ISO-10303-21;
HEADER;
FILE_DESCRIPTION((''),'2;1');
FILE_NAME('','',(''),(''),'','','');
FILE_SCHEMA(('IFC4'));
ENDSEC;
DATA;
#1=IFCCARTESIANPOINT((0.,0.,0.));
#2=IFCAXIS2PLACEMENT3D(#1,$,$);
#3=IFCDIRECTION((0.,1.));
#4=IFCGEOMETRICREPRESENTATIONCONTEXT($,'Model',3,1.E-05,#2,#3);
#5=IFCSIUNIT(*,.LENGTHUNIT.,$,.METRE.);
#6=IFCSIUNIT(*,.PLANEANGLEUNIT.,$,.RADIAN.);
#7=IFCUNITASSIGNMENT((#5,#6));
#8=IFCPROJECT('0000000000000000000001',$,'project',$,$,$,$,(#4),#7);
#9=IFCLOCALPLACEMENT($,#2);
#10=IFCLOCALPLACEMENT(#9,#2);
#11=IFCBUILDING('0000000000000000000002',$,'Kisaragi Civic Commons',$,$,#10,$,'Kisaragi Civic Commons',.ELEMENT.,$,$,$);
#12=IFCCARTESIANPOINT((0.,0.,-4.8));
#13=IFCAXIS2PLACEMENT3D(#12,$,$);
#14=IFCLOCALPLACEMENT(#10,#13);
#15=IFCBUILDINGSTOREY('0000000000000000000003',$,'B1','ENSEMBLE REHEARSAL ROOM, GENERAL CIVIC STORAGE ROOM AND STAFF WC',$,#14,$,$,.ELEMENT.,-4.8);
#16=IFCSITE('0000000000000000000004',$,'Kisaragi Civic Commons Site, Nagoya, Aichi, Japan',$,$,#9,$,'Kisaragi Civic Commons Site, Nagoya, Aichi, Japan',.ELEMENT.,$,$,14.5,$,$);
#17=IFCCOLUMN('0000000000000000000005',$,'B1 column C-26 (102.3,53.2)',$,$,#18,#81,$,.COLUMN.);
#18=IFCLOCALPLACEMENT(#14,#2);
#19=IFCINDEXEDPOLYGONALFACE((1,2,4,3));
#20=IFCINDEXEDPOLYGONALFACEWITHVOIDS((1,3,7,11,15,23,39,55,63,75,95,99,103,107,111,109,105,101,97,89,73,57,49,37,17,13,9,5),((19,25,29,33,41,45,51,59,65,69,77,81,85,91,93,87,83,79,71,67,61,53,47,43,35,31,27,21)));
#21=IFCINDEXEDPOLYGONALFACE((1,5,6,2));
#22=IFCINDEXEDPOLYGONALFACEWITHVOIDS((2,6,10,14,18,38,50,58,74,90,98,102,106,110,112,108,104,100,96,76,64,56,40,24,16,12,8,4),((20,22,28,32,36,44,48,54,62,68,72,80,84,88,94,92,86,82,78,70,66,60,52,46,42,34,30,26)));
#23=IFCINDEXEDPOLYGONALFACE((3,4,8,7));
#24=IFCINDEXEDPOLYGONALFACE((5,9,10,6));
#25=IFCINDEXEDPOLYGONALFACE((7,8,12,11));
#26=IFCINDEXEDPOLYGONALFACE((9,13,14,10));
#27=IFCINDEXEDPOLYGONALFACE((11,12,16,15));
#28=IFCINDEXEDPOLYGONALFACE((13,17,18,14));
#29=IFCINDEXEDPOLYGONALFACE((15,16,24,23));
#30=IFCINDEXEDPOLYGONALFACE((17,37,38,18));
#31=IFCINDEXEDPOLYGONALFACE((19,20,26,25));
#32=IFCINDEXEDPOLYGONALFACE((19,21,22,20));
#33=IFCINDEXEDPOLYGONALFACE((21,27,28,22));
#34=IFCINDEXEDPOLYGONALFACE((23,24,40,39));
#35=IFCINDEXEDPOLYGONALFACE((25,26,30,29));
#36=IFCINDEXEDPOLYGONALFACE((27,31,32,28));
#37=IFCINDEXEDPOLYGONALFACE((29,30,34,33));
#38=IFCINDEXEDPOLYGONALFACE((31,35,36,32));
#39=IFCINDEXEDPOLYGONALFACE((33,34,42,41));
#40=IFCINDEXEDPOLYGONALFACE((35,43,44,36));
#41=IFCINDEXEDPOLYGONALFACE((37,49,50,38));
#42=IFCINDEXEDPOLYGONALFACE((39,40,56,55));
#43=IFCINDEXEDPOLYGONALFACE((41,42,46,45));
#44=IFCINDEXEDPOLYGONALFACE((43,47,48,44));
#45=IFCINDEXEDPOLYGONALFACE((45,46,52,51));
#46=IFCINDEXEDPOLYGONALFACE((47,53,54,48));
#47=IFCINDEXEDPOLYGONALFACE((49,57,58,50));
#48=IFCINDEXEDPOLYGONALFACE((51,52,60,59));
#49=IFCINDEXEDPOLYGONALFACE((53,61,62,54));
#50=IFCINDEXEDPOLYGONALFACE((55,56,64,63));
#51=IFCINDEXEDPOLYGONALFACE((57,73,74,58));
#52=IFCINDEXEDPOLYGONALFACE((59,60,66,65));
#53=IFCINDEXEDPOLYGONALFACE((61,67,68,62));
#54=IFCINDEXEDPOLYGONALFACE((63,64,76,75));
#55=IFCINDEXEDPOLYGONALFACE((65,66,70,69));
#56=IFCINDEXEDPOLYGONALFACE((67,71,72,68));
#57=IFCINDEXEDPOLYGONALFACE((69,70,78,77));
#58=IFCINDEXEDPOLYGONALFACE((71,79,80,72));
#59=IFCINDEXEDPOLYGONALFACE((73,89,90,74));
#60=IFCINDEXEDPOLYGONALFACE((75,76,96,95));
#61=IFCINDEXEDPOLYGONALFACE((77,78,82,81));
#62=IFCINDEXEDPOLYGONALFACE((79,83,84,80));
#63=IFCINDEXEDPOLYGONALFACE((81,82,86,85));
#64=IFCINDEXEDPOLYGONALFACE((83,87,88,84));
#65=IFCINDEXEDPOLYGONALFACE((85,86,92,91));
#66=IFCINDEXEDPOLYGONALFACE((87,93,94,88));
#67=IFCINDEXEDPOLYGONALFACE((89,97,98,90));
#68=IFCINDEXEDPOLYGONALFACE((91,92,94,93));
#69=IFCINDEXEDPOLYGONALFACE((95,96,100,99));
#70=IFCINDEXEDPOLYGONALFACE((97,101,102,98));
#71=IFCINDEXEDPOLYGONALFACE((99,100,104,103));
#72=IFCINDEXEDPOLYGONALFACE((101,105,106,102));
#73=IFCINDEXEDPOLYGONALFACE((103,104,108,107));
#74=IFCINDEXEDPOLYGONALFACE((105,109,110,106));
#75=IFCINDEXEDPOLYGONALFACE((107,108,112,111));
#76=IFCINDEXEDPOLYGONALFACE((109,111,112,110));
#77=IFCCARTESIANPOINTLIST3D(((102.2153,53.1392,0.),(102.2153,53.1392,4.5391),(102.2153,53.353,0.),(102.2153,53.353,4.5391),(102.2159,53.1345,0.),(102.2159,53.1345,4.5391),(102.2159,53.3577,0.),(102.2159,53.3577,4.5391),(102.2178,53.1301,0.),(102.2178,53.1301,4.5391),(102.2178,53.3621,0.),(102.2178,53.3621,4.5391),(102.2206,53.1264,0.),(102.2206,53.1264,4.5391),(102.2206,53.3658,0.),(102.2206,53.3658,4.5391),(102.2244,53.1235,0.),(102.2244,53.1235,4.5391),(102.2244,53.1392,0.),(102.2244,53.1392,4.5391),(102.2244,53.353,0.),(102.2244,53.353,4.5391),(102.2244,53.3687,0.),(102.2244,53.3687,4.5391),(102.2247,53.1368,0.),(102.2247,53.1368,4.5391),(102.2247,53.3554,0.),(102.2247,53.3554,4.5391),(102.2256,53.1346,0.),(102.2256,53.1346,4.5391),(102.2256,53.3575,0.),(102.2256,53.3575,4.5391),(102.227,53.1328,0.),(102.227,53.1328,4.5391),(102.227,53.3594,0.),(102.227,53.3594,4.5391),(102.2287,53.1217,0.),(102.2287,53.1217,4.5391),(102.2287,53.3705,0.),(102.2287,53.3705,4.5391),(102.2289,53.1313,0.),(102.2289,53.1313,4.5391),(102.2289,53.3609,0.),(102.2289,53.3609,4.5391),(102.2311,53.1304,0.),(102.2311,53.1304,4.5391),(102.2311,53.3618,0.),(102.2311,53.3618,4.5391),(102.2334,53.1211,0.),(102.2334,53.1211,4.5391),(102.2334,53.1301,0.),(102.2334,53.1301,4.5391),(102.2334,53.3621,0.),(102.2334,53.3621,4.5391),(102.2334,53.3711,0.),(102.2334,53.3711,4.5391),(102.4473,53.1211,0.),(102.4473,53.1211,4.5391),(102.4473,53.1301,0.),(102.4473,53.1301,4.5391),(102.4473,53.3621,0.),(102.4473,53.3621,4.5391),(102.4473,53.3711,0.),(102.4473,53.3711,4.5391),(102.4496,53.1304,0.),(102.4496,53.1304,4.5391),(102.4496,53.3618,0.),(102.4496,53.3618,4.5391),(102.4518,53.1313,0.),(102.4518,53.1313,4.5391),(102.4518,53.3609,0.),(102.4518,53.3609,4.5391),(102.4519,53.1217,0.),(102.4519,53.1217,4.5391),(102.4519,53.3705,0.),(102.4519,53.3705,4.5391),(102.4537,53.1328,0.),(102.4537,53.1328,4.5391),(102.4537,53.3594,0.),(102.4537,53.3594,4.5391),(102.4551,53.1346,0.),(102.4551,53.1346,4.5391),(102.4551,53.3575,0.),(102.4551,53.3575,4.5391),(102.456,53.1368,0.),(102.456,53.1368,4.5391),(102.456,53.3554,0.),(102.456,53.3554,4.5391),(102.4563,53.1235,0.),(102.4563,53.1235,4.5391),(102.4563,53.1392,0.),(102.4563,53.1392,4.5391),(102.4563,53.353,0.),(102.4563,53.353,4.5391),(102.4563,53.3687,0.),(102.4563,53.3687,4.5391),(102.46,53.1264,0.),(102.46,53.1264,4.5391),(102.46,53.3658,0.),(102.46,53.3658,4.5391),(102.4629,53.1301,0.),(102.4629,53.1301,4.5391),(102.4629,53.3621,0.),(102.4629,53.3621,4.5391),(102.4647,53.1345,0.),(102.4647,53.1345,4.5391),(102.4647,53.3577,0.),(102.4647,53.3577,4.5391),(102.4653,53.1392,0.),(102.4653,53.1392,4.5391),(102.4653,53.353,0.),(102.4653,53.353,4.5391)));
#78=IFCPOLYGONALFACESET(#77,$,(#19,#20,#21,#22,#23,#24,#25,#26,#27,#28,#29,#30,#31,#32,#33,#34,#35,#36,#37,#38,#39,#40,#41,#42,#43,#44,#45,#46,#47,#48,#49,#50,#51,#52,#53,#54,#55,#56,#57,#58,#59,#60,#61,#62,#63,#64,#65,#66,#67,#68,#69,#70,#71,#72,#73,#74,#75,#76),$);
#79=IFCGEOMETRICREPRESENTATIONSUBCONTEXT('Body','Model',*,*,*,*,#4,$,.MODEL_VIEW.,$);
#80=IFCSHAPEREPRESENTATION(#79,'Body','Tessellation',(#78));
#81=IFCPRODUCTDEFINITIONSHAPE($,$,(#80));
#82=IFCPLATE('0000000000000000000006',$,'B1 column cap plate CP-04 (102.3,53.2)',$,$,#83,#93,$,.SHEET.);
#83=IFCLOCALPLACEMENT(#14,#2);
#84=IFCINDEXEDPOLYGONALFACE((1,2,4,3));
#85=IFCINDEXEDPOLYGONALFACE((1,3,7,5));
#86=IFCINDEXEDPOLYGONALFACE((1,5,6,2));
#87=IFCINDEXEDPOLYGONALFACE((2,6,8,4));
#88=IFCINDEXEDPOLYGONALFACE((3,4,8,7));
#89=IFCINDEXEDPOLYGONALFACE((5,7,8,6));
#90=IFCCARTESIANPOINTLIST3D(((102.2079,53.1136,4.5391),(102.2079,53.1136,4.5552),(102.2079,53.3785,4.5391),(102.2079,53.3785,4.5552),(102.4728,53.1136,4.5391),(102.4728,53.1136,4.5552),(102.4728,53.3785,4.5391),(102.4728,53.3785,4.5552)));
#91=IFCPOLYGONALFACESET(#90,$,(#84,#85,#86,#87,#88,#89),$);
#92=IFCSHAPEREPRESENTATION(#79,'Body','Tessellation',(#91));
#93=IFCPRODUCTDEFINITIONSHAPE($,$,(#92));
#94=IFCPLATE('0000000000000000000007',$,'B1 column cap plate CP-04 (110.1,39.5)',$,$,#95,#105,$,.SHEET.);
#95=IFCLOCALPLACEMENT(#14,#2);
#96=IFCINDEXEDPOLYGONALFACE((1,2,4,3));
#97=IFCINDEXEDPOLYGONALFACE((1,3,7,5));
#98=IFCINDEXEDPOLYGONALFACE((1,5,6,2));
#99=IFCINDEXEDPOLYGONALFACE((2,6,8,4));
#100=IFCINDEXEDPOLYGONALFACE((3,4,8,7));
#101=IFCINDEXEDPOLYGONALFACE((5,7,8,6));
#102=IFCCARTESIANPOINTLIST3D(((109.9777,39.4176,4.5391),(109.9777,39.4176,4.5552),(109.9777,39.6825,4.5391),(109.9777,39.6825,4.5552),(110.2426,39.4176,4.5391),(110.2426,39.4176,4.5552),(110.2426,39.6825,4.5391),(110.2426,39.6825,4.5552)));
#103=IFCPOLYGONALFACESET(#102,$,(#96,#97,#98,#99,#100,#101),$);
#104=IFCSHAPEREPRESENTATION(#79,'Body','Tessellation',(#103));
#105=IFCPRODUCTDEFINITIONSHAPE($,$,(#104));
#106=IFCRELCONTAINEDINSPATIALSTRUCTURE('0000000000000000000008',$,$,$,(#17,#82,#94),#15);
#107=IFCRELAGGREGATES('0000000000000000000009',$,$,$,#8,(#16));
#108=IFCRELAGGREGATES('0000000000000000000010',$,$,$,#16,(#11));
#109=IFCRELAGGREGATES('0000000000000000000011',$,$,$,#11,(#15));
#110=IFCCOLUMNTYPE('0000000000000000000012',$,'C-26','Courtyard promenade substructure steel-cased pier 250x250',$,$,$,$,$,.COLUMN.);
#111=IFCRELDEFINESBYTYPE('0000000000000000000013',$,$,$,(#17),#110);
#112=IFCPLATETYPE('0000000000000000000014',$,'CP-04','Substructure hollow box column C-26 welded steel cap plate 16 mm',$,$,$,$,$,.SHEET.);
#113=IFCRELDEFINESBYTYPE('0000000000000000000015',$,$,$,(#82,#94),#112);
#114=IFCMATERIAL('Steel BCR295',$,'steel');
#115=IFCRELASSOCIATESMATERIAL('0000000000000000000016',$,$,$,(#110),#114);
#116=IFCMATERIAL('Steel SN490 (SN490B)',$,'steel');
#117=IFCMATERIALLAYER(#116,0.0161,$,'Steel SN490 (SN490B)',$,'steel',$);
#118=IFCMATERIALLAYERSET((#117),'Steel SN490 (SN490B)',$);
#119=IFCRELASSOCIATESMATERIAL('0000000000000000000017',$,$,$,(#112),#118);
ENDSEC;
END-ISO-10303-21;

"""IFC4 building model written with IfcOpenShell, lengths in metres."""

from ifc_helpers import new_model, si_unit, direction, frame, origin, origin_2d, place, context, subcontext, project, spatial, rectangle, hollow_rectangle, extrude, material, layer, layer_set, material_profile, profile_set, type_object, element, save


model = new_model("IFC4")

# Units and contexts
model_context = context("Model", 3, precision=1e-05, world=origin(), true_north=direction((0.0, 1.0)))
body_context = subcontext(model_context, "Body", "Model", "MODEL_VIEW")
ifc_project = project(units=[si_unit("LENGTHUNIT", "METRE"), si_unit("PLANEANGLEUNIT", "RADIAN")], contexts=[model_context])

# Site, building, storey
site_placement = place(None, origin())
site = spatial("IfcSite", under=ifc_project, at=site_placement, Name="Kisaragi Civic Commons Site, Nagoya, Aichi, Japan", LongName="Kisaragi Civic Commons Site, Nagoya, Aichi, Japan", CompositionType="ELEMENT", RefElevation=14.5)
building_placement = place(site_placement, origin())
building = spatial("IfcBuilding", under=site, at=building_placement, Name="Kisaragi Civic Commons", LongName="Kisaragi Civic Commons", CompositionType="ELEMENT")
storey_placement = place(building_placement, frame((0.0, 0.0, -4.8)))
storey = spatial("IfcBuildingStorey", under=building, at=storey_placement, Name="B1", Description="ENSEMBLE REHEARSAL ROOM, GENERAL CIVIC STORAGE ROOM AND STAFF WC", CompositionType="ELEMENT", Elevation=-4.8)

# Column
ifc_material_1 = material(Name="Steel BCR295", Category="steel")
ifc_material_profile_1 = material_profile(ifc_material_1, hollow_rectangle(XDim=0.25, YDim=0.25, WallThickness=0.009, InnerFilletRadius=0.009, OuterFilletRadius=0.0181, at=origin_2d()), Name="BCR-250x250x9", Category="steel")
ifc_profile_set_1 = profile_set([ifc_material_profile_1], Name="Steel BCR295")
column_type_1 = type_object("IfcColumnType", Name="C-26", Description="Courtyard promenade substructure steel-cased pier 250x250", PredefinedType="COLUMN", material=ifc_profile_set_1)
column_placement = place(storey_placement, frame((102.3403, 53.2461, 0.0), z_axis=(0.0, 0.0, 1.0), x_axis=(1.0, 0.0, 0.0)))
element("IfcColumn", 1, at=column_placement, inside=storey, type_object=column_type_1, Name="B1 column C-26 (102.3,53.2)", PredefinedType="COLUMN", context=body_context, shape_type="SweptSolid", body=[
    extrude(hollow_rectangle(XDim=0.25, YDim=0.25, WallThickness=0.009, InnerFilletRadius=0.009, OuterFilletRadius=0.0181, at=origin_2d()), origin(), (0.0, 0.0, 1.0), 4.5391),
])

# Plates
ifc_material_2 = material(Name="Steel SN490 (SN490B)", Category="steel")
ifc_layer = layer(ifc_material_2, 0.0161, Name="Steel SN490 (SN490B)", Category="steel")
ifc_layer_set = layer_set([ifc_layer], Name="Steel SN490 (SN490B)")
plate_type = type_object("IfcPlateType", Name="CP-04", Description="Substructure hollow box column C-26 welded steel cap plate 16 mm", PredefinedType="SHEET", material=ifc_layer_set)
for number, where, z_axis, x_axis, name in (
    (2, (102.3403, 53.2461, 4.5391), (0.0, 0.0, 1.0), (1.0, 0.0, 0.0), "B1 column cap plate CP-04 (102.3,53.2)"),
    (3, (110.1101, 39.55, 4.5391), (0.0, 0.0, 1.0), (1.0, 0.0, 0.0), "B1 column cap plate CP-04 (110.1,39.5)"),
):
    element("IfcPlate", number, at=place(storey_placement, frame(where, z_axis=z_axis, x_axis=x_axis)), inside=storey, type_object=plate_type, Name=name, PredefinedType="SHEET", context=body_context, shape_type="SweptSolid", body=[
        extrude(rectangle(XDim=0.2649, YDim=0.2649, at=origin_2d()), origin(), (0.0, 0.0, 1.0), 0.0161),
    ])

save(model, "model.ifc")
